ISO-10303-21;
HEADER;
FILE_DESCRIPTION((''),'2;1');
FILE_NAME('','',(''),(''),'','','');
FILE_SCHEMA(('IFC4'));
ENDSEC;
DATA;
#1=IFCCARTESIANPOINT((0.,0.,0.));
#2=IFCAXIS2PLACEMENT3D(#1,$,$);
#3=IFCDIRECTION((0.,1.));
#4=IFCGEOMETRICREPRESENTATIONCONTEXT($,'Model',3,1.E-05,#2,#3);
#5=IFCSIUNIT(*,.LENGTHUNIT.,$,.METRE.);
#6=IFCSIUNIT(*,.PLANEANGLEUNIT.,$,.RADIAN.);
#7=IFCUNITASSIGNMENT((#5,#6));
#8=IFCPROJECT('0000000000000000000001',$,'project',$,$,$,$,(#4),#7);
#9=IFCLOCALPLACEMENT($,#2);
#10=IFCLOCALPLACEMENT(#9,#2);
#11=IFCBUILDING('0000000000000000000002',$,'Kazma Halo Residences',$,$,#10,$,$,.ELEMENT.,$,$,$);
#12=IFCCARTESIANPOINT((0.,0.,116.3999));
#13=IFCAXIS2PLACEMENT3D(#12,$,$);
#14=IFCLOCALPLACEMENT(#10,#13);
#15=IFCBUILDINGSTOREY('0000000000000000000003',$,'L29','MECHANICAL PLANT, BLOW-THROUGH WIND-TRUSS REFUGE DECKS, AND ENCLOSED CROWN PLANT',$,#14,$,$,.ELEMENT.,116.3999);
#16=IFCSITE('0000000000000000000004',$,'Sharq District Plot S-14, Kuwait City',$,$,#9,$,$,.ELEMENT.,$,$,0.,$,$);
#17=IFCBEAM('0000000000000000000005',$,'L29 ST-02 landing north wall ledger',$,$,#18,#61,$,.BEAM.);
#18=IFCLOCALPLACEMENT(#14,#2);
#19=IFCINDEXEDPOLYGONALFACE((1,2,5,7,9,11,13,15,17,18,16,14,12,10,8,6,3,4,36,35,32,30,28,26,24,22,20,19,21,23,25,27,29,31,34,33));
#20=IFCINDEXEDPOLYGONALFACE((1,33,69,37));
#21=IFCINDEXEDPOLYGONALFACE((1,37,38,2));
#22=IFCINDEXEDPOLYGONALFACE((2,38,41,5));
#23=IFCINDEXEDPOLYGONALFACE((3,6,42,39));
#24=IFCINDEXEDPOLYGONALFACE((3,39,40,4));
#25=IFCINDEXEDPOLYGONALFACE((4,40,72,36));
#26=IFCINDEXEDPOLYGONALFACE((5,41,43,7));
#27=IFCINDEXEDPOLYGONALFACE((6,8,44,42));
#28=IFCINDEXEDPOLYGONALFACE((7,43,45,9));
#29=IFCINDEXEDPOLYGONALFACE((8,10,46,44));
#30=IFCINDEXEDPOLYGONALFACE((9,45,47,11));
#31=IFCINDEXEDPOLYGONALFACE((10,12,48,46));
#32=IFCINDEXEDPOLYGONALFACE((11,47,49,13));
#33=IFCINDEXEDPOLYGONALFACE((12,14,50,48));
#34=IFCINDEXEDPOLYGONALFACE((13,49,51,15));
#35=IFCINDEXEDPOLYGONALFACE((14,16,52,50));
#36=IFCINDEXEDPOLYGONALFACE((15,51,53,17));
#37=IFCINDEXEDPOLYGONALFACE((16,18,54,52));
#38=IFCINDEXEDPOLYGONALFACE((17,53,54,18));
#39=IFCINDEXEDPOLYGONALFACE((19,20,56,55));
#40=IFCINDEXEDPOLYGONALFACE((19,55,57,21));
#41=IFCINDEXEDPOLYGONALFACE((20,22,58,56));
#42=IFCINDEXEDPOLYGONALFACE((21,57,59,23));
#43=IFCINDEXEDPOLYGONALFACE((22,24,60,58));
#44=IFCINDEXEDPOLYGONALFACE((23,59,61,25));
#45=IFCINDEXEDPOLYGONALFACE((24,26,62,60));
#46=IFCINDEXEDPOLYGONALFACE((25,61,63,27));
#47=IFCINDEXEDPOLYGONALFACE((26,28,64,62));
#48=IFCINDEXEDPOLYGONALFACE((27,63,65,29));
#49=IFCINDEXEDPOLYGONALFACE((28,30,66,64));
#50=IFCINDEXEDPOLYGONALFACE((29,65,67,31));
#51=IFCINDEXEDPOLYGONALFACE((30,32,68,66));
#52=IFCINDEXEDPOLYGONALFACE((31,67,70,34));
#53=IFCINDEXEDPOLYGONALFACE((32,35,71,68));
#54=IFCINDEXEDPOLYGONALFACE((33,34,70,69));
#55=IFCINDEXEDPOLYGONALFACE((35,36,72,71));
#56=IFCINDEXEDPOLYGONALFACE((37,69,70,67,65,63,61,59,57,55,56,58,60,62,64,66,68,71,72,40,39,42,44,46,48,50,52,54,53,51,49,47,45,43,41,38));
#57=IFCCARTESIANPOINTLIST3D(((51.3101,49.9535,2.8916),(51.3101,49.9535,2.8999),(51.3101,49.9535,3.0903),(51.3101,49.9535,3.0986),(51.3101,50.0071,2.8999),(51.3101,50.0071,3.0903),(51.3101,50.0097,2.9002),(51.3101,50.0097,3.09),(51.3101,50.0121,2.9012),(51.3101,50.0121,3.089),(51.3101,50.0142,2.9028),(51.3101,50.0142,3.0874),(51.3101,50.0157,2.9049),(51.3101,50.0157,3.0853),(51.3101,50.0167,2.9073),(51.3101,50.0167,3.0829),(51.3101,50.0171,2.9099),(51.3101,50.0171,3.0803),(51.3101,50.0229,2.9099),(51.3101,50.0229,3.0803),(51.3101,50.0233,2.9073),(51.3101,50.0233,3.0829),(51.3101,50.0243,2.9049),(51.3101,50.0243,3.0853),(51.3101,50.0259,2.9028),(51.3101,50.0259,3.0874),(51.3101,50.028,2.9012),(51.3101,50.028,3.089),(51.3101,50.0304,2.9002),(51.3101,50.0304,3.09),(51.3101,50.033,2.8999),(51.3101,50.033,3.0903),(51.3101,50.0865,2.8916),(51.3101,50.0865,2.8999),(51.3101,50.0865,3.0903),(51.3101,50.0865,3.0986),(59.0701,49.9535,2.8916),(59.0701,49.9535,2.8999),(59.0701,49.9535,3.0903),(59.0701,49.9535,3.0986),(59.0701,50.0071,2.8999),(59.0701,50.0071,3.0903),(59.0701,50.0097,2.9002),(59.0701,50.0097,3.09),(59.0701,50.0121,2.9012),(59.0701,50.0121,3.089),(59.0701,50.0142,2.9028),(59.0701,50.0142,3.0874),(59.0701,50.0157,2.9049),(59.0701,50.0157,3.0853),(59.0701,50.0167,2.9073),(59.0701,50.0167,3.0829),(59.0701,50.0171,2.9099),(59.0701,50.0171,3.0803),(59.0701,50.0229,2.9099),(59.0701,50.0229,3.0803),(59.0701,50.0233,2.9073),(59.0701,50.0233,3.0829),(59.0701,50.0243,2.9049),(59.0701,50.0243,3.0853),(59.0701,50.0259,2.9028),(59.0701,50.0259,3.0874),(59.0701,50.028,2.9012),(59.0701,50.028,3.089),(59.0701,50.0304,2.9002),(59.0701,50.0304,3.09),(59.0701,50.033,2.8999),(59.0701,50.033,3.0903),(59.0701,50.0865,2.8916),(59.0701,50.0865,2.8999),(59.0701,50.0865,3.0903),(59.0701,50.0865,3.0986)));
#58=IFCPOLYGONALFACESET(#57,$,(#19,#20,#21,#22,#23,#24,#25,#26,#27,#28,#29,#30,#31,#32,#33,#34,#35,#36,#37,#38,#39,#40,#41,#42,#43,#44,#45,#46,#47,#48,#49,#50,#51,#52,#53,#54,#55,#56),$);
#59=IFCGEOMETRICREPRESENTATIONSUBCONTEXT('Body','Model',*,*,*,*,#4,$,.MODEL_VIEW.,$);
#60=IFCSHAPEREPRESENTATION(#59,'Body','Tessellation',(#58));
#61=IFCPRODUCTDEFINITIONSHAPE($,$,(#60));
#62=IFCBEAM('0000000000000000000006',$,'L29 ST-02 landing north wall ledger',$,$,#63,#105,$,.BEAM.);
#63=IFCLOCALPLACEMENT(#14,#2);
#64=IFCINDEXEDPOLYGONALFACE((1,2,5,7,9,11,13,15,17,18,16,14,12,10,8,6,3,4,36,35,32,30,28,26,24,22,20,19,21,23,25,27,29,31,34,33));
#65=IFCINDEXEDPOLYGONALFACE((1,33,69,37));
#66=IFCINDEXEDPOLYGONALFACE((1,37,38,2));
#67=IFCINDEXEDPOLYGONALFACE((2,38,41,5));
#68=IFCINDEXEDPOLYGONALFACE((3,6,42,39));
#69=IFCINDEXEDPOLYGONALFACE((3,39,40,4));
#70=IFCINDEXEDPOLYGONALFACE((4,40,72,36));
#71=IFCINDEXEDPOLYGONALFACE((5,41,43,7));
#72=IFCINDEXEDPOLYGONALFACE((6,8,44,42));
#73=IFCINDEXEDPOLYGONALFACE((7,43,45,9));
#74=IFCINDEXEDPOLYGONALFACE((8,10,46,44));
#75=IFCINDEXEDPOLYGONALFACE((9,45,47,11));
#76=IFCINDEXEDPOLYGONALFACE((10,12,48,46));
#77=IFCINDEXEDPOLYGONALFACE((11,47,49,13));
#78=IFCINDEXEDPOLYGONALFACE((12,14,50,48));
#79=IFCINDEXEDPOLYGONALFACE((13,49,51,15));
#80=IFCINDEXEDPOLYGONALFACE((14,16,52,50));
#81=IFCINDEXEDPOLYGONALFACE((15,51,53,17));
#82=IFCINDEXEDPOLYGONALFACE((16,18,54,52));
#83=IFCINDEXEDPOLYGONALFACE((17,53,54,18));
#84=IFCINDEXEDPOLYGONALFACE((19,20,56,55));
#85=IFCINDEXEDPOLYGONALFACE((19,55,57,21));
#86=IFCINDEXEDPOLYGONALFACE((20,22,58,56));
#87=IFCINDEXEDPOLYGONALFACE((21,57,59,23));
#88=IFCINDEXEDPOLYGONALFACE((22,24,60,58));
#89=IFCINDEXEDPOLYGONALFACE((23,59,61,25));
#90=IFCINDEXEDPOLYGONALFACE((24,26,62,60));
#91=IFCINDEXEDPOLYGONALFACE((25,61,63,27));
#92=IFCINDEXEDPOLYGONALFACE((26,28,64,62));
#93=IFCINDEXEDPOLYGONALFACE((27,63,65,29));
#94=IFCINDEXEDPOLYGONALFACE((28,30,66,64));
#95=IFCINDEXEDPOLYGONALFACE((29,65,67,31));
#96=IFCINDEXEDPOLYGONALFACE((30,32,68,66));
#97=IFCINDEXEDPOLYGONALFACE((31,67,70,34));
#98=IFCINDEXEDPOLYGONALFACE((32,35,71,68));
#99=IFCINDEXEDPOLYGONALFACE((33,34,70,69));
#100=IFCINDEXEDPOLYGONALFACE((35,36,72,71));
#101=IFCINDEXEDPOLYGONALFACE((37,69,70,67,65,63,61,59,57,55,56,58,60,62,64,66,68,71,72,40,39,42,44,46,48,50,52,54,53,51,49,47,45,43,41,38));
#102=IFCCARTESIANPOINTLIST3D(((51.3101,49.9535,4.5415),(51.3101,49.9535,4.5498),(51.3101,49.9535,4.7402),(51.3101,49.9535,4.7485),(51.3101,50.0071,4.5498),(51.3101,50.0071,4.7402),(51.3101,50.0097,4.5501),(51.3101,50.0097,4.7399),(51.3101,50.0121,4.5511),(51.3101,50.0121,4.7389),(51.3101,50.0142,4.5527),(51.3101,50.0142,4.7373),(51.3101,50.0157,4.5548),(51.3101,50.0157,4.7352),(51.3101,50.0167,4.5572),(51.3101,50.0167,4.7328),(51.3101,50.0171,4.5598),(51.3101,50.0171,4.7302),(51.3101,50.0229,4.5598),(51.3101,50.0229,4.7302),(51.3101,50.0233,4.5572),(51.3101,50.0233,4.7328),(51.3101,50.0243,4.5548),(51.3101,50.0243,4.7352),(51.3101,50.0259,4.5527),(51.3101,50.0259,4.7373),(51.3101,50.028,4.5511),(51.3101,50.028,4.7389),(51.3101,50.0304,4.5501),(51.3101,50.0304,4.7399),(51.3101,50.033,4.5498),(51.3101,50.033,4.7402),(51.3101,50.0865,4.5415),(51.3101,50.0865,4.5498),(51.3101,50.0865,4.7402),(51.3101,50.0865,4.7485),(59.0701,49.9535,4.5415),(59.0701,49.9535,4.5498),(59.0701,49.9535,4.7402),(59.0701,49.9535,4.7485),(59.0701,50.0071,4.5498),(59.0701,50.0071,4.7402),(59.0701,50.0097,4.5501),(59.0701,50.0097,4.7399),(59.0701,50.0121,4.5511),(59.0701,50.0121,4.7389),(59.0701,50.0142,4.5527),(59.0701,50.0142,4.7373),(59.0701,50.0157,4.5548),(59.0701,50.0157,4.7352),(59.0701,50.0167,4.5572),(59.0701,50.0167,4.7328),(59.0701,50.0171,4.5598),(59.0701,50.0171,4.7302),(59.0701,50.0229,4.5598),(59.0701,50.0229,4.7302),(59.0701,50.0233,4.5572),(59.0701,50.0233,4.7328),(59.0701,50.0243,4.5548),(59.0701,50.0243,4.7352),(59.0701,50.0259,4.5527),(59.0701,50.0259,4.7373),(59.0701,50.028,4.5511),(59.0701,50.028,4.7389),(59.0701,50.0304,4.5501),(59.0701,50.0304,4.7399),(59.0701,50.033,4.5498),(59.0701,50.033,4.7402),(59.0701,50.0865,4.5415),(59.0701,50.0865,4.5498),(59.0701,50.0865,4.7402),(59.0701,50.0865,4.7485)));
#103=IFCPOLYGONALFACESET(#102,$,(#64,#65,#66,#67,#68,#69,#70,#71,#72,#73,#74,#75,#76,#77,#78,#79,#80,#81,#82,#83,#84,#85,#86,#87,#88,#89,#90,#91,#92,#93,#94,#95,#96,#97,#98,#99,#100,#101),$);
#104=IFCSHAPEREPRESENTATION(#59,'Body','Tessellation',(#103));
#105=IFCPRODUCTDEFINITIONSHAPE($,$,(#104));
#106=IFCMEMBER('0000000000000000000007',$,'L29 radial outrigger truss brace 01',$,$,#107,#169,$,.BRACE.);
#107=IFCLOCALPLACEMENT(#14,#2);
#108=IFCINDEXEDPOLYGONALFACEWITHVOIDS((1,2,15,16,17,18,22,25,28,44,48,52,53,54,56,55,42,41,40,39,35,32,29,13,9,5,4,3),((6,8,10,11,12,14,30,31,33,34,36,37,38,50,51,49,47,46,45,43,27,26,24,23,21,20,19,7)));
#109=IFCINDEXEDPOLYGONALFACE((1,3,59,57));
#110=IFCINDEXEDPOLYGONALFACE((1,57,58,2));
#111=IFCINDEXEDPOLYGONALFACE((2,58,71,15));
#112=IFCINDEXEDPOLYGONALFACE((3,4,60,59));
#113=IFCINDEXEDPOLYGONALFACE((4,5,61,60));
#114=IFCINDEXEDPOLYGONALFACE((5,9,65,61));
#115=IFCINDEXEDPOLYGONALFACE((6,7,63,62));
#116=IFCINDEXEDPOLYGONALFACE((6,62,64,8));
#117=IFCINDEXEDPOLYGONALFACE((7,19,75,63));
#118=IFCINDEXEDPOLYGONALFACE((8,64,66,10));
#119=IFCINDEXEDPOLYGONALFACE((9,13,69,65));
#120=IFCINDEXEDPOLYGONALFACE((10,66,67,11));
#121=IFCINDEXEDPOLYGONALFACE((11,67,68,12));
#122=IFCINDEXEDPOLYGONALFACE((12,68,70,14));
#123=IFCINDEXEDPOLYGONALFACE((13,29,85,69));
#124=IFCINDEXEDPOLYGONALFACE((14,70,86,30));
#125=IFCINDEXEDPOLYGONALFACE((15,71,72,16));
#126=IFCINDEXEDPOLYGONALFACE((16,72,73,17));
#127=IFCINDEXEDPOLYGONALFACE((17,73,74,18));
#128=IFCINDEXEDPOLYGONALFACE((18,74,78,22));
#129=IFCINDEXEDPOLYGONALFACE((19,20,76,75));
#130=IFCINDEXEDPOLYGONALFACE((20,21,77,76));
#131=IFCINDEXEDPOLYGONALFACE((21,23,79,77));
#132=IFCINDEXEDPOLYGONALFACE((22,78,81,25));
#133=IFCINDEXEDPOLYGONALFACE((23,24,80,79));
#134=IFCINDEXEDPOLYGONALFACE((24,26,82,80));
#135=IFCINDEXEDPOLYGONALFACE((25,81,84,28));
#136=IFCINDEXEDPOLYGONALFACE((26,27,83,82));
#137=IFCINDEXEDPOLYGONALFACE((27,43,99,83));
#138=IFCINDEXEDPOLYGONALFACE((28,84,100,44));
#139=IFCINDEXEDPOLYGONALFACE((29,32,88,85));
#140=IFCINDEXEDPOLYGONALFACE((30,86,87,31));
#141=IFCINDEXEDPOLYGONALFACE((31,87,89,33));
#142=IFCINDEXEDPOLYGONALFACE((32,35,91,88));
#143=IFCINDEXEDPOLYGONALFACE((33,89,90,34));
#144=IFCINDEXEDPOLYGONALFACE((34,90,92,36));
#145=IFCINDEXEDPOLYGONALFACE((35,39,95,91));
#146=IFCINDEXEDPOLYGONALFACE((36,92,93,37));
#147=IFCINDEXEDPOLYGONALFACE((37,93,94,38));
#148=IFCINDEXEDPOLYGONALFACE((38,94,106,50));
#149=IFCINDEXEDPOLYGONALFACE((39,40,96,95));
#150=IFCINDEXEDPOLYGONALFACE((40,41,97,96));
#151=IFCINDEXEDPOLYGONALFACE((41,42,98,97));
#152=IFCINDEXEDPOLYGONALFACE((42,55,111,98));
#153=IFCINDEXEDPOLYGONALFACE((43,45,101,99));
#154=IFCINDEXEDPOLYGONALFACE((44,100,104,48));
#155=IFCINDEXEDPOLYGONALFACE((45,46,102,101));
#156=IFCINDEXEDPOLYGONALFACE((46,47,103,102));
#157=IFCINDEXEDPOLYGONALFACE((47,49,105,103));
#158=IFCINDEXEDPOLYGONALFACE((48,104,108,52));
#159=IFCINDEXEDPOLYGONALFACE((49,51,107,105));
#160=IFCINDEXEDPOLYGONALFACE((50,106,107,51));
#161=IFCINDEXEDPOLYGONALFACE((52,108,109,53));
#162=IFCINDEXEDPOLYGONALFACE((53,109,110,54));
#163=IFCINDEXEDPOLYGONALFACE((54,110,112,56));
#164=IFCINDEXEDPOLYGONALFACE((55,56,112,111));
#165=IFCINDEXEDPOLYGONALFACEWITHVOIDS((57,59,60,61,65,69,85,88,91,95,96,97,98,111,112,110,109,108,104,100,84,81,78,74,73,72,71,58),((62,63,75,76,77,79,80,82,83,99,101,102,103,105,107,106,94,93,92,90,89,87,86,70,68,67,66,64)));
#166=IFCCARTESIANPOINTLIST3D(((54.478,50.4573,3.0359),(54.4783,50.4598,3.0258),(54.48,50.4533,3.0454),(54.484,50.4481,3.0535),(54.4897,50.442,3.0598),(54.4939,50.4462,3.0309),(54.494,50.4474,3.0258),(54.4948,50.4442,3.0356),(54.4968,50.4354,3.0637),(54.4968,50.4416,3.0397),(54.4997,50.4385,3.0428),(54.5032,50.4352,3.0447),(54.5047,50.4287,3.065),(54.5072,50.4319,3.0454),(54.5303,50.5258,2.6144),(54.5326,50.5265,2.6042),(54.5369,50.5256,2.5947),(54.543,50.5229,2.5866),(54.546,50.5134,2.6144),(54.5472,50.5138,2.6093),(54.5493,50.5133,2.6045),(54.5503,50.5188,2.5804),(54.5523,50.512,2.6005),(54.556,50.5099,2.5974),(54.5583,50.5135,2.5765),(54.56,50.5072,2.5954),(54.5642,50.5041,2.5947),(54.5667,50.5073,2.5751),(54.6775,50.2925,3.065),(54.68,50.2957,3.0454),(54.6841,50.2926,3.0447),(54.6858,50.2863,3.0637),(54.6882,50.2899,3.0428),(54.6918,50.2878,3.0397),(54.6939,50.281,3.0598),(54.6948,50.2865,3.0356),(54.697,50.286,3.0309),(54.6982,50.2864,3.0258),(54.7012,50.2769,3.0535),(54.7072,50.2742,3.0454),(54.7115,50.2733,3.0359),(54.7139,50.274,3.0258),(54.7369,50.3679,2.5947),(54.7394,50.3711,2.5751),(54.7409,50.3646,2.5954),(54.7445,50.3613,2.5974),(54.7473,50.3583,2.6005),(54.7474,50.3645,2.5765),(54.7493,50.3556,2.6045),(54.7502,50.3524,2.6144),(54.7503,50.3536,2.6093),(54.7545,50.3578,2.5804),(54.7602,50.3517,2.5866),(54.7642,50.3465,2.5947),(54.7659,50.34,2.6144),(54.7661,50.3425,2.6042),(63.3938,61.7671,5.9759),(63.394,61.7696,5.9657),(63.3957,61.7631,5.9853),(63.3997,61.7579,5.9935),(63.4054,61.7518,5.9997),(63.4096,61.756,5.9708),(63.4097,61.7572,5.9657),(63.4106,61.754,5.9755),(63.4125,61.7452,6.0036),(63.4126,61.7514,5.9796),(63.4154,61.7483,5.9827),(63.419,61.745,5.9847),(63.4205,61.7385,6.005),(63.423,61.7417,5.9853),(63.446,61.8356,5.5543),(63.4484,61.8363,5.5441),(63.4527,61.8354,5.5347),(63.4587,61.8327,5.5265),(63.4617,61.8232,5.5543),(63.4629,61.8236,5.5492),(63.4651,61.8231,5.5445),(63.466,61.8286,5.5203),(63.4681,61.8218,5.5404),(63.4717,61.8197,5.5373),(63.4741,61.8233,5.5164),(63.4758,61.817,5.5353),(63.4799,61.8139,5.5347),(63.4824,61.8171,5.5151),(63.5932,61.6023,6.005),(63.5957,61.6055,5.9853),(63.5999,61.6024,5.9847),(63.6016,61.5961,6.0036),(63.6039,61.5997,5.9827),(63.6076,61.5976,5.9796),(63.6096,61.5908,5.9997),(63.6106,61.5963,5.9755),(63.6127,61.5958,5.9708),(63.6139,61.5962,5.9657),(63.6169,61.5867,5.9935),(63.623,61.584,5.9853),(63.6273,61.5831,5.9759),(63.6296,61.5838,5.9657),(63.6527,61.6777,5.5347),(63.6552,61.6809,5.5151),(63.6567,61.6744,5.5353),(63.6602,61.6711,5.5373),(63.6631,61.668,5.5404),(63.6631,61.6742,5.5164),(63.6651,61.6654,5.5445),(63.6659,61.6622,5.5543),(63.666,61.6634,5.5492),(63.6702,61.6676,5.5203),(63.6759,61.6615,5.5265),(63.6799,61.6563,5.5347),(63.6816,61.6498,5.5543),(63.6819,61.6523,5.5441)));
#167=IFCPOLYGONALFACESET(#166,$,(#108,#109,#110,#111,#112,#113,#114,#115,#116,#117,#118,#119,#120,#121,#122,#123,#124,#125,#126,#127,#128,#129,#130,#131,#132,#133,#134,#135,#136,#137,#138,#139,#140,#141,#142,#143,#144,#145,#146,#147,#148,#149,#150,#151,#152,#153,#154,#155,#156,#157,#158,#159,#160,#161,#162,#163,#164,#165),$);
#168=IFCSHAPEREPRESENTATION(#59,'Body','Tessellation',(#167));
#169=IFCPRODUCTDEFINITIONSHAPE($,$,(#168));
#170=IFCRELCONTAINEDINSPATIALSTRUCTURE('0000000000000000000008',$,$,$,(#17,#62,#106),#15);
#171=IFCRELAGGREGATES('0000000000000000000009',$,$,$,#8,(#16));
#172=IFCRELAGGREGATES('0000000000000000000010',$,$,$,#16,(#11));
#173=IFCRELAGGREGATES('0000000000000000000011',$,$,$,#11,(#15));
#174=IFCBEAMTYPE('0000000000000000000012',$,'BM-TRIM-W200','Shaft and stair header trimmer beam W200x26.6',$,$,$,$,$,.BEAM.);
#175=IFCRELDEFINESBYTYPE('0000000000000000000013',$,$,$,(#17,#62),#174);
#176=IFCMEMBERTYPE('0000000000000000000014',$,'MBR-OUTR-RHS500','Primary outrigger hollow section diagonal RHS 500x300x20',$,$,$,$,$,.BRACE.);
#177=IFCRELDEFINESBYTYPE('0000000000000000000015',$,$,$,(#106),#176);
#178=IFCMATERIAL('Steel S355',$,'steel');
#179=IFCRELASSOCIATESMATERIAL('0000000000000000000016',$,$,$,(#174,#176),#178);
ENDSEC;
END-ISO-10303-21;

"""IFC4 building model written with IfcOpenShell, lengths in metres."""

from ifc_helpers import new_model, si_unit, direction, frame, origin, origin_2d, place, context, subcontext, project, spatial, hollow_rectangle, i_section, extrude, material, material_profile, profile_set, type_object, element, save


model = new_model("IFC4")

# Units and contexts
model_context = context("Model", 3, precision=1e-05, world=origin(), true_north=direction((0.0, 1.0)))
body_context = subcontext(model_context, "Body", "Model", "MODEL_VIEW")
ifc_project = project(units=[si_unit("LENGTHUNIT", "METRE"), si_unit("PLANEANGLEUNIT", "RADIAN")], contexts=[model_context])

# Site, building, storey
site_placement = place(None, origin())
site = spatial("IfcSite", under=ifc_project, at=site_placement, Name="Sharq District Plot S-14, Kuwait City", CompositionType="ELEMENT", RefElevation=0.0)
building_placement = place(site_placement, origin())
building = spatial("IfcBuilding", under=site, at=building_placement, Name="Kazma Halo Residences", CompositionType="ELEMENT")
storey_placement = place(building_placement, frame((0.0, 0.0, 116.3999)))
storey = spatial("IfcBuildingStorey", under=building, at=storey_placement, Name="L29", Description="MECHANICAL PLANT, BLOW-THROUGH WIND-TRUSS REFUGE DECKS, AND ENCLOSED CROWN PLANT", CompositionType="ELEMENT", Elevation=116.3999)

# Beams
ifc_material_1 = material(Name="Steel S355", Category="steel")
ifc_material_profile_1 = material_profile(ifc_material_1, i_section(OverallWidth=0.1331, OverallDepth=0.207, WebThickness=0.0059, FlangeThickness=0.0083, FilletRadius=0.01, at=origin_2d()), Name="W200x26.6")
ifc_profile_set_1 = profile_set([ifc_material_profile_1], Name="Steel S355")
beam_type_1 = type_object("IfcBeamType", Name="BM-TRIM-W200", Description="Shaft and stair header trimmer beam W200x26.6", PredefinedType="BEAM", material=ifc_profile_set_1)
for number, where, z_axis, x_axis, name in (
    (1, (51.3101, 50.02, 2.9951), (1.0, 0.0, 0.0), (0.0, 1.0, 0.0), "L29 ST-02 landing north wall ledger"),
    (2, (51.3101, 50.02, 4.645), (1.0, 0.0, 0.0), (0.0, 1.0, 0.0), "L29 ST-02 landing north wall ledger"),
):
    element("IfcBeam", number, at=place(storey_placement, frame(where, z_axis=z_axis, x_axis=x_axis)), inside=storey, type_object=beam_type_1, Name=name, PredefinedType="BEAM", context=body_context, shape_type="SweptSolid", body=[
        extrude(i_section(OverallWidth=0.1331, OverallDepth=0.207, WebThickness=0.0059, FlangeThickness=0.0083, FilletRadius=0.01, at=origin_2d()), origin(), (0.0, 0.0, 1.0), 7.76),
    ])

# Member
ifc_material_profile_2 = material_profile(ifc_material_1, hollow_rectangle(XDim=0.3, YDim=0.5, WallThickness=0.02, InnerFilletRadius=0.02, OuterFilletRadius=0.04, at=origin_2d()), Name="RHS500x300x20")
ifc_profile_set_2 = profile_set([ifc_material_profile_2], Name="Steel S355")
member_type_1 = type_object("IfcMemberType", Name="MBR-OUTR-RHS500", Description="Primary outrigger hollow section diagonal RHS 500x300x20", PredefinedType="BRACE", material=ifc_profile_set_2)
member_1_placement = place(storey_placement, frame((54.6221, 50.3999, 2.8201), z_axis=(0.606577, 0.769453, 0.200016), x_axis=(-0.785323, 0.619087, 0.0)))
element("IfcMember", 3, at=member_1_placement, inside=storey, type_object=member_type_1, Name="L29 radial outrigger truss brace 01", PredefinedType="BRACE", context=body_context, shape_type="SweptSolid", body=[
    extrude(hollow_rectangle(XDim=0.3, YDim=0.5, WallThickness=0.02, InnerFilletRadius=0.02, OuterFilletRadius=0.04, at=origin_2d()), origin(), (0.0, 0.0, 1.0), 14.6985),
])

save(model, "model.ifc")
